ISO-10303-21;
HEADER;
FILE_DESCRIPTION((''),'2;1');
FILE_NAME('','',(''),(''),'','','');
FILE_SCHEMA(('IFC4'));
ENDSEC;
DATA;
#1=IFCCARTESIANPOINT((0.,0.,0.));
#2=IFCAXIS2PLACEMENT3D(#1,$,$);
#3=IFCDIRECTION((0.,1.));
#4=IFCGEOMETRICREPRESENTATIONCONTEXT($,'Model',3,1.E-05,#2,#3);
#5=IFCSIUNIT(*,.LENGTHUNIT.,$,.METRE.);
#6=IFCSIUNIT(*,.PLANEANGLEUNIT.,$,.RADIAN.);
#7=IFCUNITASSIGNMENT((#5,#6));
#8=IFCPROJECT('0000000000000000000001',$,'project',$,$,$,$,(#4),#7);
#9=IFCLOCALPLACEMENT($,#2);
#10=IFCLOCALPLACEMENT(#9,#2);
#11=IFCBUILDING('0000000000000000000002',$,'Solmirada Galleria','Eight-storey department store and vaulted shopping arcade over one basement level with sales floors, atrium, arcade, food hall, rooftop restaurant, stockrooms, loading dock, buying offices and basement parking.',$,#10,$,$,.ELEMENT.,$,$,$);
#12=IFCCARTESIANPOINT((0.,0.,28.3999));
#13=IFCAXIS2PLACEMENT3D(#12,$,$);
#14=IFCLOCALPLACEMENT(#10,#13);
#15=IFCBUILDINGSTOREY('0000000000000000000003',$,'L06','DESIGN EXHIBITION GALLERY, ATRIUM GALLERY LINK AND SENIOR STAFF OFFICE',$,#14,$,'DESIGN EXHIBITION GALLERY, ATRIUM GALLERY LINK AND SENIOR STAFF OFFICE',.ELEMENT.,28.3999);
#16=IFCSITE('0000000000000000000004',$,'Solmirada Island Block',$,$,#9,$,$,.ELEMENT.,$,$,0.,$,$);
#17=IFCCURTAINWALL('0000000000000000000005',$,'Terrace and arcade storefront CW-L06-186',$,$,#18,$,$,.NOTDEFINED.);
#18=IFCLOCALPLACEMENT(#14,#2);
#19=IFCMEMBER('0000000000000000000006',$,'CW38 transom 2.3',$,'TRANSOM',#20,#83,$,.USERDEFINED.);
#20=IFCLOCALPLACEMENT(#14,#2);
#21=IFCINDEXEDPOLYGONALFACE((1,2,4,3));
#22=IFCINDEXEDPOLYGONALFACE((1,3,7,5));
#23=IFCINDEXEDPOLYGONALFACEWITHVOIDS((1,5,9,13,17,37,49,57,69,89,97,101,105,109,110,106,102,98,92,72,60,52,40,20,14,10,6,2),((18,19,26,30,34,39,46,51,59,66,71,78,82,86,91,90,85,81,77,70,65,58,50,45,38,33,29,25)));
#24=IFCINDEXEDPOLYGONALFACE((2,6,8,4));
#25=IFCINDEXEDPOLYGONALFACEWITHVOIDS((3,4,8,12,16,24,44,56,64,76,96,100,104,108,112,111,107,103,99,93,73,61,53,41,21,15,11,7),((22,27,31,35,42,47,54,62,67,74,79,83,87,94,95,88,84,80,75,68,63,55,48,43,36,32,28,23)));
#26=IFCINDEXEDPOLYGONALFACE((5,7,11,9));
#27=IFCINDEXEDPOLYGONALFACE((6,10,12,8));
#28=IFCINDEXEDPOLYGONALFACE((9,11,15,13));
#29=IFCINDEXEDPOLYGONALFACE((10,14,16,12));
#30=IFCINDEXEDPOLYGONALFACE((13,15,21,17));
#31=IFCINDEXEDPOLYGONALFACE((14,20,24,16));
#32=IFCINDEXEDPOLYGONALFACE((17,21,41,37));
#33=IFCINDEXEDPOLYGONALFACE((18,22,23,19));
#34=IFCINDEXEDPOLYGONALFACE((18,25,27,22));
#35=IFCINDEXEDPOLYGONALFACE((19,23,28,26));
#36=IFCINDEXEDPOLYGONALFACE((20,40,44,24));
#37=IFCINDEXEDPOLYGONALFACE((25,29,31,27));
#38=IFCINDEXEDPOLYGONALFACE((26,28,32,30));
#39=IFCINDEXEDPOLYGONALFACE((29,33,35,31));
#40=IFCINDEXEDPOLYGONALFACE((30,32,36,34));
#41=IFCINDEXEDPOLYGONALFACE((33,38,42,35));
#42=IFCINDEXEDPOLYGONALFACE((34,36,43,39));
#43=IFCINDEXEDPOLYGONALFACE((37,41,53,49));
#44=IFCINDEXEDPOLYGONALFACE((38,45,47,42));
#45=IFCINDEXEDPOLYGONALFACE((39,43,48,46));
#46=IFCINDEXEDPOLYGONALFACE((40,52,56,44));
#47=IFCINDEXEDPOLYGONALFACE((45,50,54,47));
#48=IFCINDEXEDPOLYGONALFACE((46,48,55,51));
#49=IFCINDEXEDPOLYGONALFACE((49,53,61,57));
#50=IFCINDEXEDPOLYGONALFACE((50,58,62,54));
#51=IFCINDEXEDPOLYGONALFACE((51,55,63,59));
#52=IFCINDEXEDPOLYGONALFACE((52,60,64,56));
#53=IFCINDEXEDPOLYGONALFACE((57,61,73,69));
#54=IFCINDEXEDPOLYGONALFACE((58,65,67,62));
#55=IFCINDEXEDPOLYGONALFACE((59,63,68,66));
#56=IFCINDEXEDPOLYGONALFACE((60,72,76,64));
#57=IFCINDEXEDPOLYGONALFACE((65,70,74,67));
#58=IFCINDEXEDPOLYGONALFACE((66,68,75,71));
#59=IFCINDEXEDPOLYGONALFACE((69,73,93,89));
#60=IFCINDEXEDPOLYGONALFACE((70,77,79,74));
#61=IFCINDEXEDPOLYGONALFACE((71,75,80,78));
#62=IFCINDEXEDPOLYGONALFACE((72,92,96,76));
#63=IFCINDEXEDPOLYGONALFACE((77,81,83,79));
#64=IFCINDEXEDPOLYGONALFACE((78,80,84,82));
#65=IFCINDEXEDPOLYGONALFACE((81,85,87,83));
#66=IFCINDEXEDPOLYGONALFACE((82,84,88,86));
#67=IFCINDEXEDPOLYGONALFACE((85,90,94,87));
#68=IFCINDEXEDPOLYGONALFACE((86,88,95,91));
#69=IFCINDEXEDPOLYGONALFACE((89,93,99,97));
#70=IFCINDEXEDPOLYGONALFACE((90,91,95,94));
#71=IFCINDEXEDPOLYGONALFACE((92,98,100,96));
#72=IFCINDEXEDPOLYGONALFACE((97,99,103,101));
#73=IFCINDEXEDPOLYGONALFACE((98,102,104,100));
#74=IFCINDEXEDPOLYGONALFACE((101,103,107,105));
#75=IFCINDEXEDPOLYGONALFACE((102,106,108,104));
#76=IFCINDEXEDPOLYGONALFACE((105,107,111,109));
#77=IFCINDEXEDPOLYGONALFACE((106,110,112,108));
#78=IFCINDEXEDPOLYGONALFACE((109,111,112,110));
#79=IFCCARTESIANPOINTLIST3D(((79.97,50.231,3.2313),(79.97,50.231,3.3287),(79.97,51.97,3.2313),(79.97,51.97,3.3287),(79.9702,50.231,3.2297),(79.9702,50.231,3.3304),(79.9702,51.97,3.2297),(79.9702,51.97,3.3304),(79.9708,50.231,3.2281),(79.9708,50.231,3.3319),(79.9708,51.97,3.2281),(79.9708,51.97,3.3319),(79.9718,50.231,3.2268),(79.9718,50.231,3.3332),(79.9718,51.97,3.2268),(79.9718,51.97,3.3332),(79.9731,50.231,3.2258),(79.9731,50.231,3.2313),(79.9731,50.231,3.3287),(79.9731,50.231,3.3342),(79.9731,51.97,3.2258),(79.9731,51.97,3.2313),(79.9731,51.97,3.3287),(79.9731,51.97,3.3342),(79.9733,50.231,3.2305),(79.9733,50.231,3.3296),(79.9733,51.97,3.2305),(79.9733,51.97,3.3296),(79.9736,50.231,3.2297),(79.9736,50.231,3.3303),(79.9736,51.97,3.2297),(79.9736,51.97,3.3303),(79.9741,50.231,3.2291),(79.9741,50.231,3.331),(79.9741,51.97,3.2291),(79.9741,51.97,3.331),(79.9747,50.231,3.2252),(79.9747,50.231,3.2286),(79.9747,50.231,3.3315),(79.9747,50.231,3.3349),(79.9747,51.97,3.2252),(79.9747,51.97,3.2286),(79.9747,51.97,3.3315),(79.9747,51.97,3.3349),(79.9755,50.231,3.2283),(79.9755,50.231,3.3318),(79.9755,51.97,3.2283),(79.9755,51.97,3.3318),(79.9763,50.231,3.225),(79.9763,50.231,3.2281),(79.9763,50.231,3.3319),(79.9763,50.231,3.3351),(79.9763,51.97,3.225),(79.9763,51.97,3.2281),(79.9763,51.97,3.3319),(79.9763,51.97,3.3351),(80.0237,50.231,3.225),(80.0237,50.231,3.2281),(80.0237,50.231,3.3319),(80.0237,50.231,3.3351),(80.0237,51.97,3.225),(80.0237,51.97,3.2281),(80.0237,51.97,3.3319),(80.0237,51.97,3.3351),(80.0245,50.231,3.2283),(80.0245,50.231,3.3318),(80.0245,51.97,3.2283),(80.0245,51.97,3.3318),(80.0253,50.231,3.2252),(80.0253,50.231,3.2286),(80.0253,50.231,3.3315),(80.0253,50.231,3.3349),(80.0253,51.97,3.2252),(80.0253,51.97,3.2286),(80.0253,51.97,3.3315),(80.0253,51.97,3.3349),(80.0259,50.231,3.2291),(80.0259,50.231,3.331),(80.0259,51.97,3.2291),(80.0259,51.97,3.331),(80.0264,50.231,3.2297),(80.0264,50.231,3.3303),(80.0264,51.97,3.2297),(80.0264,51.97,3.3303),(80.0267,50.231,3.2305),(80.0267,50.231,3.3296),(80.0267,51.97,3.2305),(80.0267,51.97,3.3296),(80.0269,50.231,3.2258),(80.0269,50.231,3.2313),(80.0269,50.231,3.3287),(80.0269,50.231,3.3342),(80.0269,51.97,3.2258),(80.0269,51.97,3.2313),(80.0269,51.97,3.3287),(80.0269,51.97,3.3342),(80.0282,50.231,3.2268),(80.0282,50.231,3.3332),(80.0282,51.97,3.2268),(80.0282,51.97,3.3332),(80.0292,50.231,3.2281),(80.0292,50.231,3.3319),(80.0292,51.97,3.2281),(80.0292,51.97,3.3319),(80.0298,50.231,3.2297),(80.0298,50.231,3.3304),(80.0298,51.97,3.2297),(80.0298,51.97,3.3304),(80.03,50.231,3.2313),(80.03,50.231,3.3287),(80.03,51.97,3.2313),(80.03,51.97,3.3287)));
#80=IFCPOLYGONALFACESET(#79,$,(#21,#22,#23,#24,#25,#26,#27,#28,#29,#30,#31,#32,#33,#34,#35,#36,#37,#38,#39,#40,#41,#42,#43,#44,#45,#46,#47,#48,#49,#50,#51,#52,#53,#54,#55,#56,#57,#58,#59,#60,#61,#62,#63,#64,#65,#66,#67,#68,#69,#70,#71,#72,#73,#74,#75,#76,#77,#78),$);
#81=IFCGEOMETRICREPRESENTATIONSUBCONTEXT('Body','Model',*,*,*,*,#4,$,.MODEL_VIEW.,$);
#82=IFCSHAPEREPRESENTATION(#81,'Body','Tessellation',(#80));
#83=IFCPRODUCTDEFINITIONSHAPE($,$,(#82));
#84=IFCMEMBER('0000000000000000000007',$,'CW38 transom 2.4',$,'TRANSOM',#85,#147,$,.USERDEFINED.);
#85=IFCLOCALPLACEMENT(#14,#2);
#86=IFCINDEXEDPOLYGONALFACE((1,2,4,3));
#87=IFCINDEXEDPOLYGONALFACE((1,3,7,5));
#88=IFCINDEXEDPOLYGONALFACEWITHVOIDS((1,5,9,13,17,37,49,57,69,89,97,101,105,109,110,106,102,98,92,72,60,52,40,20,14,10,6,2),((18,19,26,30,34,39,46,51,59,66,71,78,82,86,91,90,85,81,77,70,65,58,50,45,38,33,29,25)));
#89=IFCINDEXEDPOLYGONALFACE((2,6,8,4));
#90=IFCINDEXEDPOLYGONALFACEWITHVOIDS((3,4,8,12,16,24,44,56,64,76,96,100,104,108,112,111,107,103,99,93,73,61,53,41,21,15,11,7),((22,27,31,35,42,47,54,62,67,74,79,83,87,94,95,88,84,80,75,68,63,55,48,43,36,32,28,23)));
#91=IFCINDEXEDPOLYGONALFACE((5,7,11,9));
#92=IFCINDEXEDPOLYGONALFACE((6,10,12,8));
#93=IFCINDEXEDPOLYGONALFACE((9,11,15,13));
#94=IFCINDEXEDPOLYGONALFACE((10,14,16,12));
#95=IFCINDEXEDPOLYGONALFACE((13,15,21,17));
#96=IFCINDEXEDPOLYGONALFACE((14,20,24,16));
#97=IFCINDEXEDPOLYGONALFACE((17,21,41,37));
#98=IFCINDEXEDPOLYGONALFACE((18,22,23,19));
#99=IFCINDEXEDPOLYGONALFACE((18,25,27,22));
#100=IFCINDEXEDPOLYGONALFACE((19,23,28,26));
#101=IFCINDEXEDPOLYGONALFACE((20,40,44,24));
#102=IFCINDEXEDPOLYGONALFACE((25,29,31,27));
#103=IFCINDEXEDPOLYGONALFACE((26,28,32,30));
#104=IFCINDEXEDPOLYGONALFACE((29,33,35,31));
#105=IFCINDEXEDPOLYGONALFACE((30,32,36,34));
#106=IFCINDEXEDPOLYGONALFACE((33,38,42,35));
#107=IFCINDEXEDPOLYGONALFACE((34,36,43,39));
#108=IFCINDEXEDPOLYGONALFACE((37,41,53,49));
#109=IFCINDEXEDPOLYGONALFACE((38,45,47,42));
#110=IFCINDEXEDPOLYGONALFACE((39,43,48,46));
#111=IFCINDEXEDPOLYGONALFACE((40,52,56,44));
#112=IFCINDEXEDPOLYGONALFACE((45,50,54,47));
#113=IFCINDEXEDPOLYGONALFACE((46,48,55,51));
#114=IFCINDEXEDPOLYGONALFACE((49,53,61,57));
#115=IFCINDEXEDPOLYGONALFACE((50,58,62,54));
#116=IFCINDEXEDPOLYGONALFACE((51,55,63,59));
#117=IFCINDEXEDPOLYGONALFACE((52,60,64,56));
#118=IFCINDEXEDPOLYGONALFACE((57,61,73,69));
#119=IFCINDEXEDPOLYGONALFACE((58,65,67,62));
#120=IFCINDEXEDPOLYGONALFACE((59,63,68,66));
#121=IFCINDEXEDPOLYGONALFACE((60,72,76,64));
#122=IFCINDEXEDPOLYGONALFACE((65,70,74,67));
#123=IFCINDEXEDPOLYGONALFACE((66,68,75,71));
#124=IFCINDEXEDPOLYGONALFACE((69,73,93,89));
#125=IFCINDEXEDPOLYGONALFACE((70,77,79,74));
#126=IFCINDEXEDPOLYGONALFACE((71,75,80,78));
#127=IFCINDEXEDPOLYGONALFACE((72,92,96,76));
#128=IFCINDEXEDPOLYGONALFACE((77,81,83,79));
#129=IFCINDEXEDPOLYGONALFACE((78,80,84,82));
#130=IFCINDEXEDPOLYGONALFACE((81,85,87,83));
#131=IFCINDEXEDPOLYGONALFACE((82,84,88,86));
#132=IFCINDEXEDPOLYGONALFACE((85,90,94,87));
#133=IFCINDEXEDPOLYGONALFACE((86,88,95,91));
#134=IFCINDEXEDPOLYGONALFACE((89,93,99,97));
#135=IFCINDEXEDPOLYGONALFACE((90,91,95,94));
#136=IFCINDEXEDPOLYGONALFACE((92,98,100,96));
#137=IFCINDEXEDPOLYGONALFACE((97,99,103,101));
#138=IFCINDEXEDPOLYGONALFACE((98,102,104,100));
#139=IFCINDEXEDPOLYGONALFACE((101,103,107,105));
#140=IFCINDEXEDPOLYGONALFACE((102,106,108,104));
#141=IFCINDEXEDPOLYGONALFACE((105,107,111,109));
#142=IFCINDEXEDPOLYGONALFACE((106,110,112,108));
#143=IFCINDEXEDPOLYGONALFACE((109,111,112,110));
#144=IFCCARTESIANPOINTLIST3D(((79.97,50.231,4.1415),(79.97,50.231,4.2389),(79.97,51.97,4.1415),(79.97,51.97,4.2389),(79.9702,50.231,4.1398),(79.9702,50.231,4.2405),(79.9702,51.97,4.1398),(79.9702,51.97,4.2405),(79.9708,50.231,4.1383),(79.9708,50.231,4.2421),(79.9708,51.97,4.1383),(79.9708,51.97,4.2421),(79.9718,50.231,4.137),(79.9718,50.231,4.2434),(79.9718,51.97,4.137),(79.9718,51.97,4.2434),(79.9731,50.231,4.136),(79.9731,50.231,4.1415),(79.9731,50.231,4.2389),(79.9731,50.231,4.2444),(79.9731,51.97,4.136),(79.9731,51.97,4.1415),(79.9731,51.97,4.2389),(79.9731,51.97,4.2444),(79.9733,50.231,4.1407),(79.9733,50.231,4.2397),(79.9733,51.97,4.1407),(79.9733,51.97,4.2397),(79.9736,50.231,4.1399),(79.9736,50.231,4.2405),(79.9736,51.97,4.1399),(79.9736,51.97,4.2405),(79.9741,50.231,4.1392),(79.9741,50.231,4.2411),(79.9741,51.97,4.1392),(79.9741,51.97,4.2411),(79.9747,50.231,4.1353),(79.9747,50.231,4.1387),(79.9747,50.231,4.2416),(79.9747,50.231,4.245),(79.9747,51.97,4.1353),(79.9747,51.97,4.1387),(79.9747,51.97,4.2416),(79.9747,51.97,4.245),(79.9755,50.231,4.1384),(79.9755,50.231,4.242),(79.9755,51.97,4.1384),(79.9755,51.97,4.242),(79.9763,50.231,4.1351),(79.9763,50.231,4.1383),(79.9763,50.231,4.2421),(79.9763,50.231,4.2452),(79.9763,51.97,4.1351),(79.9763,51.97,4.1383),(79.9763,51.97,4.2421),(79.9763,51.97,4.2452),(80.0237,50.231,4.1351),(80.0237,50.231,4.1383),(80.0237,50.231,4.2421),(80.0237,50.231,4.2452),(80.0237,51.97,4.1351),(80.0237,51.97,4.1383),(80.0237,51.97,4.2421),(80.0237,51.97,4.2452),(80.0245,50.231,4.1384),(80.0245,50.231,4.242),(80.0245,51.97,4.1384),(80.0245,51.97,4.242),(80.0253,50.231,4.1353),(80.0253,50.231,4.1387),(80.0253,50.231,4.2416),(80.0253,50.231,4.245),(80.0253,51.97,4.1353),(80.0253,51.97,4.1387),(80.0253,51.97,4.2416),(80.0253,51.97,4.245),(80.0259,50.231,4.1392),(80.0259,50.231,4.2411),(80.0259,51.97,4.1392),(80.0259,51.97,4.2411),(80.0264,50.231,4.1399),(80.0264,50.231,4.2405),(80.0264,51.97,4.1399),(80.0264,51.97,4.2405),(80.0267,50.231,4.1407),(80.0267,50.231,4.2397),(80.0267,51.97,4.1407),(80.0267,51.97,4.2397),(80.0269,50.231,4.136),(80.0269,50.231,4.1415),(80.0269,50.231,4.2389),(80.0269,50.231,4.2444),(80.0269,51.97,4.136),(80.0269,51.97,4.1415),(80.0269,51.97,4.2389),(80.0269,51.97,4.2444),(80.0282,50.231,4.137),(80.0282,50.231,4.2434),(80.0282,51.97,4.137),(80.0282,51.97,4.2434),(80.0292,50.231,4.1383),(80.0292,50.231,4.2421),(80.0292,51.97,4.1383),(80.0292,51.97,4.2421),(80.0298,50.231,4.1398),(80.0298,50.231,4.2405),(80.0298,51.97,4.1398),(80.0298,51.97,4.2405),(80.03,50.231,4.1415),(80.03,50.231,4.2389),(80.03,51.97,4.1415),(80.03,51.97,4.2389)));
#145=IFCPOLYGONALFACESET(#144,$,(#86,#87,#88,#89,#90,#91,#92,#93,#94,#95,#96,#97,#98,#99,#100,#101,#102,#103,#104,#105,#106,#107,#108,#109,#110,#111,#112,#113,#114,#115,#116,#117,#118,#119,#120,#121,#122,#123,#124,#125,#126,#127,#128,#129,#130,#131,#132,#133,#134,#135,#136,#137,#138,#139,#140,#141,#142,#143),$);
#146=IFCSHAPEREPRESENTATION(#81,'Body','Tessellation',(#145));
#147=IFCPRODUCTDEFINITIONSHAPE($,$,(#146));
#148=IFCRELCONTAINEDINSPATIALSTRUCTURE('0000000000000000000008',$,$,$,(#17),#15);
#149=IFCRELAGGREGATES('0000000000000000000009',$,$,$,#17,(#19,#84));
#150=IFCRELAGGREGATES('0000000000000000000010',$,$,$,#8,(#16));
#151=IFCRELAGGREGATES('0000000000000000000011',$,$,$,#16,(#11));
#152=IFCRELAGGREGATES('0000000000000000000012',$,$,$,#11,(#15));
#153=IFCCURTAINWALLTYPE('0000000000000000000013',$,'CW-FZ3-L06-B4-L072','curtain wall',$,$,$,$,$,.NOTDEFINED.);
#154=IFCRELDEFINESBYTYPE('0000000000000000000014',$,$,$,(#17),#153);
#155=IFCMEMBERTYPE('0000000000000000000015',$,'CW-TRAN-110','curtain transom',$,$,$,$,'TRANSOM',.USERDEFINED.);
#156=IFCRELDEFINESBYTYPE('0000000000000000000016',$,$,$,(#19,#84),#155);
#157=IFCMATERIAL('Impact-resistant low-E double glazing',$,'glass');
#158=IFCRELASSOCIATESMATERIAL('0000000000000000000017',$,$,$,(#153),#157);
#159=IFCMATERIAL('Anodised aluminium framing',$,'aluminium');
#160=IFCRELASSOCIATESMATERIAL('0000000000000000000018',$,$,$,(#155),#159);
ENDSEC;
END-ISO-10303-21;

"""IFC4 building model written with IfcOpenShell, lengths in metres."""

from ifc_helpers import new_model, si_unit, direction, frame, origin, origin_2d, place, context, subcontext, project, spatial, hollow_rectangle, extrude, material, material_profile, profile_set, type_object, element, aggregate, save


model = new_model("IFC4")

# Units and contexts
model_context = context("Model", 3, precision=1e-05, world=origin(), true_north=direction((0.0, 1.0)))
body_context = subcontext(model_context, "Body", "Model", "MODEL_VIEW")
ifc_project = project(units=[si_unit("LENGTHUNIT", "METRE"), si_unit("PLANEANGLEUNIT", "RADIAN")], contexts=[model_context])

# Site, building, storey
site_placement = place(None, origin())
site = spatial("IfcSite", under=ifc_project, at=site_placement, Name="Solmirada Island Block", CompositionType="ELEMENT", RefElevation=0.0)
building_placement = place(site_placement, origin())
building = spatial("IfcBuilding", under=site, at=building_placement, Name="Solmirada Galleria", Description="Eight-storey department store and vaulted shopping arcade over one basement level with sales floors, atrium, arcade, food hall, rooftop restaurant, stockrooms, loading dock, buying offices and basement parking.", CompositionType="ELEMENT")
storey_placement = place(building_placement, frame((0.0, 0.0, 28.3999)))
storey = spatial("IfcBuildingStorey", under=building, at=storey_placement, Name="L06", Description="DESIGN EXHIBITION GALLERY, ATRIUM GALLERY LINK AND SENIOR STAFF OFFICE", LongName="DESIGN EXHIBITION GALLERY, ATRIUM GALLERY LINK AND SENIOR STAFF OFFICE", CompositionType="ELEMENT", Elevation=28.3999)

# Curtain wall, members
ifc_material_1 = material(Name="Impact-resistant low-E double glazing", Category="glass")
curtain_wall_type = type_object("IfcCurtainWallType", Name="CW-FZ3-L06-B4-L072", Description="curtain wall", PredefinedType="NOTDEFINED", material=ifc_material_1)
curtain_wall_placement = place(storey_placement, origin())
curtain_wall = element("IfcCurtainWall", 1, at=curtain_wall_placement, inside=storey, type_object=curtain_wall_type, Name="Terrace and arcade storefront CW-L06-186", PredefinedType="NOTDEFINED")
ifc_material_2 = material(Name="Anodised aluminium framing", Category="aluminium")
ifc_material_profile_1 = material_profile(ifc_material_2, hollow_rectangle(XDim=0.0601, YDim=0.1101, WallThickness=0.0032, InnerFilletRadius=0.0032, OuterFilletRadius=0.0063, at=origin_2d()), Name="ALU-TRAN-110X60")
ifc_profile_set_1 = profile_set([ifc_material_profile_1], Name="Anodised aluminium framing")
member_type_1 = type_object("IfcMemberType", Name="CW-TRAN-110", Description="curtain transom", ElementType="TRANSOM", PredefinedType="USERDEFINED", material=ifc_profile_set_1)
member_1_placement = place(storey_placement, frame((80.0, 50.231, 3.28), z_axis=(0.0, 1.0, 0.0), x_axis=(-1.0, 0.0, 0.0)))
member_1 = element("IfcMember", 2, at=member_1_placement, type_object=member_type_1, Name="CW38 transom 2.3", ObjectType="TRANSOM", PredefinedType="USERDEFINED", context=body_context, shape_type="SweptSolid", body=[
    extrude(hollow_rectangle(XDim=0.0601, YDim=0.1101, WallThickness=0.0032, InnerFilletRadius=0.0032, OuterFilletRadius=0.0063, at=origin_2d()), origin(), (0.0, 0.0, 1.0), 1.739),
])
member_2_placement = place(storey_placement, frame((80.0, 50.231, 4.1902), z_axis=(0.0, 1.0, 0.0), x_axis=(-1.0, 0.0, 0.0)))
member_2 = element("IfcMember", 3, at=member_2_placement, type_object=member_type_1, Name="CW38 transom 2.4", ObjectType="TRANSOM", PredefinedType="USERDEFINED", context=body_context, shape_type="SweptSolid", body=[
    extrude(hollow_rectangle(XDim=0.0601, YDim=0.1101, WallThickness=0.0032, InnerFilletRadius=0.0032, OuterFilletRadius=0.0063, at=origin_2d()), origin(), (0.0, 0.0, 1.0), 1.739),
])
aggregate(curtain_wall, [member_1, member_2])

save(model, "model.ifc")
